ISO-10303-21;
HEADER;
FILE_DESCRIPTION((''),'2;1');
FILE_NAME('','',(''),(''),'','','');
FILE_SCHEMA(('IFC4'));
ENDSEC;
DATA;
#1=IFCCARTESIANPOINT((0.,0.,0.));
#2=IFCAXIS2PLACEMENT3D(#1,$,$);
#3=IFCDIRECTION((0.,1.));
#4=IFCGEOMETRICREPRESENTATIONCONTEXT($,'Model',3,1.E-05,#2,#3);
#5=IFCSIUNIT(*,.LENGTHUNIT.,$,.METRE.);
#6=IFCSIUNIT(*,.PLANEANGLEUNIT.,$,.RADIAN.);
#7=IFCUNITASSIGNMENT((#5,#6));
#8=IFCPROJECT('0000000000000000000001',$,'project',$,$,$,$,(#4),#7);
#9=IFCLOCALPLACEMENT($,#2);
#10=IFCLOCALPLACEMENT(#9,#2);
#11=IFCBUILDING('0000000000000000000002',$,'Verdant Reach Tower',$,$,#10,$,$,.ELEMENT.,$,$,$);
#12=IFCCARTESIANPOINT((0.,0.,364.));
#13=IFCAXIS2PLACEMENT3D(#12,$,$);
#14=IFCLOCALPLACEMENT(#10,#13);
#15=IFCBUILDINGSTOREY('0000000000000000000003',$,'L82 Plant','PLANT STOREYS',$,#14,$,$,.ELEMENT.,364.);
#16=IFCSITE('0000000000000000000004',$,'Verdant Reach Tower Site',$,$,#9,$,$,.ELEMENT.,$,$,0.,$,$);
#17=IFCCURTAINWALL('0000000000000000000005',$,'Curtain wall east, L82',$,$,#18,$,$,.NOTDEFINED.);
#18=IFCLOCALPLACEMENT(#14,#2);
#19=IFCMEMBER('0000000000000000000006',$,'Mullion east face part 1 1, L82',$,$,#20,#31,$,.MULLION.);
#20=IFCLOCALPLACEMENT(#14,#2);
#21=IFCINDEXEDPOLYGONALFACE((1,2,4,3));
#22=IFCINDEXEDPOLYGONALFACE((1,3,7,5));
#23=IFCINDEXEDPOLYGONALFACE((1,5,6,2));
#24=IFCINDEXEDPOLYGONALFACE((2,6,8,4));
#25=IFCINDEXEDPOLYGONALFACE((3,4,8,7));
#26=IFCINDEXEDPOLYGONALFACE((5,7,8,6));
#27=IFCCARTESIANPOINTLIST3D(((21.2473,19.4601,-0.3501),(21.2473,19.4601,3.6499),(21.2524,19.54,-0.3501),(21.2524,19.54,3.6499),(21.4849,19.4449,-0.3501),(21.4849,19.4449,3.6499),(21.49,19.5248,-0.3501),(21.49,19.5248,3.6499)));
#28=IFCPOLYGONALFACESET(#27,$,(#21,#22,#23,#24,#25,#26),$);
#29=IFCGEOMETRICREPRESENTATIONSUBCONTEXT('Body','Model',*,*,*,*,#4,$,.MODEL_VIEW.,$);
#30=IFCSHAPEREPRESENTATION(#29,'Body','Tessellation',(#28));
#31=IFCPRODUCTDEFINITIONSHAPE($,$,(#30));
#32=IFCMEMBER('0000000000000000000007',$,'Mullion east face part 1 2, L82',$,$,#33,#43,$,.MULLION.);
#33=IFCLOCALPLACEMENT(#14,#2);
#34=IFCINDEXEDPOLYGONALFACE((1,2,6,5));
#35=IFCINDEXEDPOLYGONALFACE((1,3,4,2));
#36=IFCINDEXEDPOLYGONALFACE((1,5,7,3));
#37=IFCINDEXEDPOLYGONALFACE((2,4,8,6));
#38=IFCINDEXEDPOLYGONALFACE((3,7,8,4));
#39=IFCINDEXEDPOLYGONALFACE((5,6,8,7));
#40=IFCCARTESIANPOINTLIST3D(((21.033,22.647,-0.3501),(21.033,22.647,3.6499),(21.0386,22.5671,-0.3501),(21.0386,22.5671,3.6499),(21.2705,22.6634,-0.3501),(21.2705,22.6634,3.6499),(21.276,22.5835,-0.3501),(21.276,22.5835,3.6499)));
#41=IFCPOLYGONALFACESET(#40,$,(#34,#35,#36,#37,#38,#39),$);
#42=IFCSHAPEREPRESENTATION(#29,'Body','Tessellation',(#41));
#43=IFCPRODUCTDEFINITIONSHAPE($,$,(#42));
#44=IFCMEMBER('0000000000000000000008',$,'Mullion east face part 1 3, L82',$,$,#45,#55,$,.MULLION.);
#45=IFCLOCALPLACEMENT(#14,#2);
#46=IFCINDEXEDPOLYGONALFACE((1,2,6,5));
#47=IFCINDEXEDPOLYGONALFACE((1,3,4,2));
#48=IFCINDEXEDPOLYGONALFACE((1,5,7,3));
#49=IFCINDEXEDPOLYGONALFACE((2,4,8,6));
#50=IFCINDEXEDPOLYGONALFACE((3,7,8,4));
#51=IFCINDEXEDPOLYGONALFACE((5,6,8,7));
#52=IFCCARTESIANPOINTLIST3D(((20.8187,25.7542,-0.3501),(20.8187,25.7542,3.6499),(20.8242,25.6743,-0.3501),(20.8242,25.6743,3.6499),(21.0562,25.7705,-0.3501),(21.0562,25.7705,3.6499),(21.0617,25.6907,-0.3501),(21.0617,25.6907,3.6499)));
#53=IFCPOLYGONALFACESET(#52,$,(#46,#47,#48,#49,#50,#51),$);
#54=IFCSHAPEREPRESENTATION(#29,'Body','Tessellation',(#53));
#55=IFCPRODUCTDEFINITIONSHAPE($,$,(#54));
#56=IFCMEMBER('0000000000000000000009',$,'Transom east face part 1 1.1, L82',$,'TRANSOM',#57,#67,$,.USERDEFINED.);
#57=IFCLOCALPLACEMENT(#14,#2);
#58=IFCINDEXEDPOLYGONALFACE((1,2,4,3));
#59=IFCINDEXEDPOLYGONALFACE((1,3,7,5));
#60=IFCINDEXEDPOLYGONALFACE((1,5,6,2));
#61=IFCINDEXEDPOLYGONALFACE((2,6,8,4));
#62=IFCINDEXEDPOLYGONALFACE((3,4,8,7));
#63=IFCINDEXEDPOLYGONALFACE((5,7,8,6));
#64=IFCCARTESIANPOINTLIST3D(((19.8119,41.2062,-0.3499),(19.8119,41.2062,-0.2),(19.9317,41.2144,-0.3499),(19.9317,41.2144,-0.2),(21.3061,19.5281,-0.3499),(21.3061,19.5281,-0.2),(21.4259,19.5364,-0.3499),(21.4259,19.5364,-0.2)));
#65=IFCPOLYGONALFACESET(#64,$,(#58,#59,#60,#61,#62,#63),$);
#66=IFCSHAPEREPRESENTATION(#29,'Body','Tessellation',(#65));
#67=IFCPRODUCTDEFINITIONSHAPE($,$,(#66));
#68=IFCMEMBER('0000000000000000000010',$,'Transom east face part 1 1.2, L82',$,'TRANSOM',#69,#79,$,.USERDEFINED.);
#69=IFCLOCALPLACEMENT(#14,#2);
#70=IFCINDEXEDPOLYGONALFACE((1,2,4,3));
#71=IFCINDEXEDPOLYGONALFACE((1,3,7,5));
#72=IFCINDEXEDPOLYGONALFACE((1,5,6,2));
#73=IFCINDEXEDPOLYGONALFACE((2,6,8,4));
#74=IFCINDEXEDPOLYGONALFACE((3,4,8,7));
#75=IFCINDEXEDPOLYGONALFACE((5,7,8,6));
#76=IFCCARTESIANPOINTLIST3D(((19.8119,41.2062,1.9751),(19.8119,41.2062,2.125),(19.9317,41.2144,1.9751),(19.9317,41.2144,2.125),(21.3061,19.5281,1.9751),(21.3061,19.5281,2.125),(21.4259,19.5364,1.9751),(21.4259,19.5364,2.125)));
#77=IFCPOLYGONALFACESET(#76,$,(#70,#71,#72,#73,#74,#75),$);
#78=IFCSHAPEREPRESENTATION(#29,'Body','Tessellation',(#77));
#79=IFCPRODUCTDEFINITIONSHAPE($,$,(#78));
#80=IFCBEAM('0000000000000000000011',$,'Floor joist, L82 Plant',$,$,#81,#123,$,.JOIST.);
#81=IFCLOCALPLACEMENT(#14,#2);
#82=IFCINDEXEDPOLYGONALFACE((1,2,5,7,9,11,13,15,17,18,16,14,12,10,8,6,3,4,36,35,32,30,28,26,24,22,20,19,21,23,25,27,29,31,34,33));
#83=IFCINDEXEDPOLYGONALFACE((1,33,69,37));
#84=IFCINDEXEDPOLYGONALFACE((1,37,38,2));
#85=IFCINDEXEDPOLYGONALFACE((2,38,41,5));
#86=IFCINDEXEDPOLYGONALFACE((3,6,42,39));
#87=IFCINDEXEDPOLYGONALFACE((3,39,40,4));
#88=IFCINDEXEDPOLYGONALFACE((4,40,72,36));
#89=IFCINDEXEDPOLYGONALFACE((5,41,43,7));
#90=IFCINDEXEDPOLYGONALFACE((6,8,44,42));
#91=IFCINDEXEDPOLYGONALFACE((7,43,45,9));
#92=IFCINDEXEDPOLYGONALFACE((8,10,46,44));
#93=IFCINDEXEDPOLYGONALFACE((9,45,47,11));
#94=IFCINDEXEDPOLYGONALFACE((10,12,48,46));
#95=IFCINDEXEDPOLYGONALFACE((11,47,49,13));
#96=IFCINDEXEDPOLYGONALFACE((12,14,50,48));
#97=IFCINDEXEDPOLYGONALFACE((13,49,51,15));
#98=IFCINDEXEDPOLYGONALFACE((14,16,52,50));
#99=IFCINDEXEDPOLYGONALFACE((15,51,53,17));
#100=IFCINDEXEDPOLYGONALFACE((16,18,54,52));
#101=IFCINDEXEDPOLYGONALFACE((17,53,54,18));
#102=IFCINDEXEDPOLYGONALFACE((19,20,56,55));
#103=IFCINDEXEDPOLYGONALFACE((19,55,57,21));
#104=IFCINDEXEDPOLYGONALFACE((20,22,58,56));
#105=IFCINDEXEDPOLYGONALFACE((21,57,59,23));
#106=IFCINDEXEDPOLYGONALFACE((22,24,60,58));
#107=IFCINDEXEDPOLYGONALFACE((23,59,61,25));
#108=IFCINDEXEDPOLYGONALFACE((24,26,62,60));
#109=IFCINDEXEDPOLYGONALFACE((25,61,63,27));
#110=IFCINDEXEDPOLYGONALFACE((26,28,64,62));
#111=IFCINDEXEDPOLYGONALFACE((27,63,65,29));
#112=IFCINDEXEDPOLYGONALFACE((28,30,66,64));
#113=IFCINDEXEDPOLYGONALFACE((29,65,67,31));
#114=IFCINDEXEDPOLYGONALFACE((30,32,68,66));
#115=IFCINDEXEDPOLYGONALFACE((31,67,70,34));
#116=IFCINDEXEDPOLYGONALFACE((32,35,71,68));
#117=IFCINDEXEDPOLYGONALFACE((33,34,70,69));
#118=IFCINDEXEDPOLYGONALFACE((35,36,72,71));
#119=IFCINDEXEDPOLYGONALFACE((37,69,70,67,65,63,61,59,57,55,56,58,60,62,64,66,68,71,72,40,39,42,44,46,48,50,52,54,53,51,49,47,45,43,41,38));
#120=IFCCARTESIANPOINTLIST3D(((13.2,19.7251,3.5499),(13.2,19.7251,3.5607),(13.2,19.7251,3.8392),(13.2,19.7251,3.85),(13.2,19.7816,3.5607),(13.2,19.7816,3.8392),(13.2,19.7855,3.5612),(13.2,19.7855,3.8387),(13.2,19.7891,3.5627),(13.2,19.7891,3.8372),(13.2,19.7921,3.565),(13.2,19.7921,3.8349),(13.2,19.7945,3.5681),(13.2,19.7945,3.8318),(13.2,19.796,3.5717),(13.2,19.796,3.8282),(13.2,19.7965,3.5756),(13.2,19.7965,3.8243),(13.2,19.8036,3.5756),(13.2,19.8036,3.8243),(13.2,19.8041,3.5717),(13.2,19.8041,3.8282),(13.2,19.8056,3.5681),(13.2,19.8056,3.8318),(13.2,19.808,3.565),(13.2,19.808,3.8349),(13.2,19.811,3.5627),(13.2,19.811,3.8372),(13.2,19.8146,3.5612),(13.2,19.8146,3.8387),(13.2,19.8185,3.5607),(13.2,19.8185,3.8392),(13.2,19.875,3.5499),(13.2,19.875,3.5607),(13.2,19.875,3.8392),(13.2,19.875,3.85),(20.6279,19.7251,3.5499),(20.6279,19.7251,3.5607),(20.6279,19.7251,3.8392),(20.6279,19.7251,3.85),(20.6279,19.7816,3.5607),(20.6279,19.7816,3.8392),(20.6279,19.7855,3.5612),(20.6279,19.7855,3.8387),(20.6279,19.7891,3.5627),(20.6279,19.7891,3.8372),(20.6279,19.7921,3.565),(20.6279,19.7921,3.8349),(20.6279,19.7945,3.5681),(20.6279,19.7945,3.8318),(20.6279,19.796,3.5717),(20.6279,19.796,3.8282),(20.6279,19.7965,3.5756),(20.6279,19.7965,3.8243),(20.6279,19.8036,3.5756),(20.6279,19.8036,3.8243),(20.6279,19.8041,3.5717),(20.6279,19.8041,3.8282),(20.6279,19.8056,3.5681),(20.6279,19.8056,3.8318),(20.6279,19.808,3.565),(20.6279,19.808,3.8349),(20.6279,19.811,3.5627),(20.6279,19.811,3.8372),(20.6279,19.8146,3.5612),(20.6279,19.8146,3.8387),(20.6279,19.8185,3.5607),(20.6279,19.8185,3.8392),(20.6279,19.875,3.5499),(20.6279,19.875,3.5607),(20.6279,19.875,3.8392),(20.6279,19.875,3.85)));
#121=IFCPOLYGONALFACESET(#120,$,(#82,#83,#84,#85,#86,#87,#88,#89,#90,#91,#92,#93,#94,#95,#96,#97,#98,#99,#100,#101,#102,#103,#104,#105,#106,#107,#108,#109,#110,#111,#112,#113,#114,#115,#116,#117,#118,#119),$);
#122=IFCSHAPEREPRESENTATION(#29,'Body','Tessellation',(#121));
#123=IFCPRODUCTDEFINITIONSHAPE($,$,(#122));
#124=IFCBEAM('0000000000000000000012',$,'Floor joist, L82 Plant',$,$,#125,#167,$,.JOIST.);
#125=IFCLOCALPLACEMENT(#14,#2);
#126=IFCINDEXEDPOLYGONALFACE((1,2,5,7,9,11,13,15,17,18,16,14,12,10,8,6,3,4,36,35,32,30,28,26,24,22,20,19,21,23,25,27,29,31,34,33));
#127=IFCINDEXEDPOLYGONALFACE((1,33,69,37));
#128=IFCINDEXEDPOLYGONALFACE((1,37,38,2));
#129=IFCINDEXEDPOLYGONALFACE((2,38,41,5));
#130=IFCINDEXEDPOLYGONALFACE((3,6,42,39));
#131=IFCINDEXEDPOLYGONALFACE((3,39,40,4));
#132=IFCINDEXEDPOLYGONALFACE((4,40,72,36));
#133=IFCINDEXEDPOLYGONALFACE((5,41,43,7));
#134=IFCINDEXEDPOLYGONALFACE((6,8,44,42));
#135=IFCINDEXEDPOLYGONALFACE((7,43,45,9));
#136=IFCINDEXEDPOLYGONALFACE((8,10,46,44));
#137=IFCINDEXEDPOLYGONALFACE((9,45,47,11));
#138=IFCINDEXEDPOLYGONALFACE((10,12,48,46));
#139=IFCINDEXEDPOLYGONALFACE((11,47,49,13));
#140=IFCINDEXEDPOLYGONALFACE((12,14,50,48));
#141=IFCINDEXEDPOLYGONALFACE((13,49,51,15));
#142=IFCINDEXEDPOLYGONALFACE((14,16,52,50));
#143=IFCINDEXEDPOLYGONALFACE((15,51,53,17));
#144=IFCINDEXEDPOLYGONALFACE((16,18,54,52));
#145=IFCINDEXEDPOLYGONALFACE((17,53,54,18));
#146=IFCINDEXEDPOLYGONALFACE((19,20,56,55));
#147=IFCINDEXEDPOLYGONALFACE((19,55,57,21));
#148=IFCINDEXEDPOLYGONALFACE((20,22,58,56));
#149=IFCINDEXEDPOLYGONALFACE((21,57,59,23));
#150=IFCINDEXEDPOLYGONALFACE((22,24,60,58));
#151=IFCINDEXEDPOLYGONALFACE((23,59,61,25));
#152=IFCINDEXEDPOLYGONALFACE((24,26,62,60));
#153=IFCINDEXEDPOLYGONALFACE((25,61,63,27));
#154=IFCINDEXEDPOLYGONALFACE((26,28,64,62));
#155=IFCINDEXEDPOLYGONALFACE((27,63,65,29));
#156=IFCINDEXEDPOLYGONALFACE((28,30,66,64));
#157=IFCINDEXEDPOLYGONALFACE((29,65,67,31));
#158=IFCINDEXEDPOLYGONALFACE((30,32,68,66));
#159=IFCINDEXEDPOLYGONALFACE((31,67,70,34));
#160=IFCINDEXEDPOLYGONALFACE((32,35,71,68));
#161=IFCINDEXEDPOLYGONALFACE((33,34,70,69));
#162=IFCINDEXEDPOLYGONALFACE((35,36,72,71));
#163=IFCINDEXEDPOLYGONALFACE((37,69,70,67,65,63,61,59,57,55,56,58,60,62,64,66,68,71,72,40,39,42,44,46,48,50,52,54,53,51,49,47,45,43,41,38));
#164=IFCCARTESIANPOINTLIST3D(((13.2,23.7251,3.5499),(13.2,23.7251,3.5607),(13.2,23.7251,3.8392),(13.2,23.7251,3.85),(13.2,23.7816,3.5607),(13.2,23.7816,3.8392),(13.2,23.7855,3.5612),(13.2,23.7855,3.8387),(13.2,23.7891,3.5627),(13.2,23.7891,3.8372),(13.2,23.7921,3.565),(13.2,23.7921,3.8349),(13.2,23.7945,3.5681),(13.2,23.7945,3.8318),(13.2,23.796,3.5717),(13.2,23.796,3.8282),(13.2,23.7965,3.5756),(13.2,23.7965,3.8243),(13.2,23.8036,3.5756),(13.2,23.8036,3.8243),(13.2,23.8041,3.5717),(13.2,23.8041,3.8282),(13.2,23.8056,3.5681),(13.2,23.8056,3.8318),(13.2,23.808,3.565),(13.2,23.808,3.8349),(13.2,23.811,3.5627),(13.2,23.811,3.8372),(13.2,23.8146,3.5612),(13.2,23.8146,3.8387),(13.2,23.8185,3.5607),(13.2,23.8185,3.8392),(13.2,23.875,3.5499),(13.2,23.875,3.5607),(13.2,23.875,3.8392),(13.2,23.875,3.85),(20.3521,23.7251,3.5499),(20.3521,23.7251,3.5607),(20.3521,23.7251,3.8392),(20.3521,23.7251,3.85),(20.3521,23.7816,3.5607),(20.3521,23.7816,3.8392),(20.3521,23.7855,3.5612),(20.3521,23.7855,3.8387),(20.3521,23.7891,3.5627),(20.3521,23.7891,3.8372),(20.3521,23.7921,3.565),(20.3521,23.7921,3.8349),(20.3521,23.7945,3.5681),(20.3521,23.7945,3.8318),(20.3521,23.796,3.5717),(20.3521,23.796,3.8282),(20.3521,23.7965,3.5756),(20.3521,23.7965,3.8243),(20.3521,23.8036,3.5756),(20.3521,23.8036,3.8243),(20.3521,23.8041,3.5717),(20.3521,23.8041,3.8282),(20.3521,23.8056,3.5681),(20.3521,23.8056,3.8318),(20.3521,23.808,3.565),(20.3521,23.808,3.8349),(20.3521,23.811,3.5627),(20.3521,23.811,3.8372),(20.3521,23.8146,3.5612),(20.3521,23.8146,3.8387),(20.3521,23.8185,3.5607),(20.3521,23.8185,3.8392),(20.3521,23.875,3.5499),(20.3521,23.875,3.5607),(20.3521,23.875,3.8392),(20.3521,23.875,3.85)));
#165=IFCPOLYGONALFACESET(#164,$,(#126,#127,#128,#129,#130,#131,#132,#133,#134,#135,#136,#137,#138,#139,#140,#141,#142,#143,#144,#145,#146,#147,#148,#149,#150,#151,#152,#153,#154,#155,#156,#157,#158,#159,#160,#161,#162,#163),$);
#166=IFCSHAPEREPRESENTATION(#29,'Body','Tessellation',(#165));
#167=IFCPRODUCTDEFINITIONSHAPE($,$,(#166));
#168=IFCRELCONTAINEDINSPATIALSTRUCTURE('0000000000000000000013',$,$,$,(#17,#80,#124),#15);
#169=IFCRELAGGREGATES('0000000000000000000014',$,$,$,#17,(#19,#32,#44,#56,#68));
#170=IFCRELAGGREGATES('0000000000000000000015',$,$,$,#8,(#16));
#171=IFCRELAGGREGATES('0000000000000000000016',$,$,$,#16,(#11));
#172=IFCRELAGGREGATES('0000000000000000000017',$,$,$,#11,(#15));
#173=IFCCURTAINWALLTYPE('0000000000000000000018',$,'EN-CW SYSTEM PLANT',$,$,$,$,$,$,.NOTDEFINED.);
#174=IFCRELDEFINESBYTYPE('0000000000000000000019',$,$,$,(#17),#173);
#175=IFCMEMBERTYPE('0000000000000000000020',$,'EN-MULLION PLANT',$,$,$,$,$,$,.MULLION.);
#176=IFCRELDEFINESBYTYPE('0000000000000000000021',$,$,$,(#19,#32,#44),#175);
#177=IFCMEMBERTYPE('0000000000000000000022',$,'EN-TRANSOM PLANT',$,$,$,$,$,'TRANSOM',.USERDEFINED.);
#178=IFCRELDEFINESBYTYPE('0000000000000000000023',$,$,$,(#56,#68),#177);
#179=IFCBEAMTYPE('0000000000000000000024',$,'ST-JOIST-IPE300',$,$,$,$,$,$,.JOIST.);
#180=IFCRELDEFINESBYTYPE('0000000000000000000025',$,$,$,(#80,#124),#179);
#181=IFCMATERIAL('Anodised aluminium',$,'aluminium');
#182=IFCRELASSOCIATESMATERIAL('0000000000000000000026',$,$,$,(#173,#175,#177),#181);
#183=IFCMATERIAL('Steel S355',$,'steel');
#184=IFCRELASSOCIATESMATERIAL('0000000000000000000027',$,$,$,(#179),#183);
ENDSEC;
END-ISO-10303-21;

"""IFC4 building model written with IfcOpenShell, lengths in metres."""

from ifc_helpers import new_model, si_unit, direction, frame, origin, origin_2d, place, context, subcontext, project, spatial, rectangle, i_section, extrude, material, material_profile, profile_set, type_object, element, aggregate, save


model = new_model("IFC4")

# Units and contexts
model_context = context("Model", 3, precision=1e-05, world=origin(), true_north=direction((0.0, 1.0)))
body_context = subcontext(model_context, "Body", "Model", "MODEL_VIEW")
ifc_project = project(units=[si_unit("LENGTHUNIT", "METRE"), si_unit("PLANEANGLEUNIT", "RADIAN")], contexts=[model_context])

# Site, building, storey
site_placement = place(None, origin())
site = spatial("IfcSite", under=ifc_project, at=site_placement, Name="Verdant Reach Tower Site", CompositionType="ELEMENT", RefElevation=0.0)
building_placement = place(site_placement, origin())
building = spatial("IfcBuilding", under=site, at=building_placement, Name="Verdant Reach Tower", CompositionType="ELEMENT")
storey_placement = place(building_placement, frame((0.0, 0.0, 364.0)))
storey = spatial("IfcBuildingStorey", under=building, at=storey_placement, Name="L82 Plant", Description="PLANT STOREYS", CompositionType="ELEMENT", Elevation=364.0)

# Curtain wall, members
ifc_material_1 = material(Name="Anodised aluminium", Category="aluminium")
curtain_wall_type = type_object("IfcCurtainWallType", Name="EN-CW SYSTEM PLANT", PredefinedType="NOTDEFINED", material=ifc_material_1)
curtain_wall_1_placement = place(storey_placement, origin())
curtain_wall_1 = element("IfcCurtainWall", 1, at=curtain_wall_1_placement, inside=storey, type_object=curtain_wall_type, Name="Curtain wall east, L82", PredefinedType="NOTDEFINED")
ifc_material_profile_1 = material_profile(ifc_material_1, rectangle(XDim=0.238, YDim=0.0801, at=origin_2d()), Name="Mullion 80x240")
ifc_profile_set_1 = profile_set([ifc_material_profile_1], Name="Anodised aluminium")
member_type_1 = type_object("IfcMemberType", Name="EN-MULLION PLANT", PredefinedType="MULLION", material=ifc_profile_set_1)
member_1_placement = place(storey_placement, frame((21.3687, 19.4924, -0.3501), z_axis=(0.0, 0.0, 1.0), x_axis=(0.997969, -0.063699, 0.0)))
member_1 = element("IfcMember", 2, at=member_1_placement, type_object=member_type_1, Name="Mullion east face part 1 1, L82", PredefinedType="MULLION", context=body_context, shape_type="SweptSolid", body=[
    extrude(rectangle(XDim=0.238, YDim=0.0801, at=origin_2d()), origin(), (0.0, 0.0, 1.0), 4.0),
])
member_2_placement = place(storey_placement, frame((21.1545, 22.6152, -0.3501), z_axis=(0.0, 0.0, 1.0), x_axis=(0.99763, 0.068802, 0.0)))
member_2 = element("IfcMember", 3, at=member_2_placement, type_object=member_type_1, Name="Mullion east face part 1 2, L82", PredefinedType="MULLION", context=body_context, shape_type="SweptSolid", body=[
    extrude(rectangle(XDim=0.238, YDim=0.0801, at=origin_2d()), origin(), (0.0, 0.0, 1.0), 4.0),
])
member_3_placement = place(storey_placement, frame((20.9402, 25.7224, -0.3501), z_axis=(0.0, 0.0, 1.0), x_axis=(0.99763, 0.068802, 0.0)))
member_3 = element("IfcMember", 4, at=member_3_placement, type_object=member_type_1, Name="Mullion east face part 1 3, L82", PredefinedType="MULLION", context=body_context, shape_type="SweptSolid", body=[
    extrude(rectangle(XDim=0.238, YDim=0.0801, at=origin_2d()), origin(), (0.0, 0.0, 1.0), 4.0),
])
ifc_material_profile_2 = material_profile(ifc_material_1, rectangle(XDim=0.1201, YDim=0.1499, at=origin_2d()), Name="Transom 150x120")
ifc_profile_set_2 = profile_set([ifc_material_profile_2], Name="Anodised aluminium")
member_type_2 = type_object("IfcMemberType", Name="EN-TRANSOM PLANT", ElementType="TRANSOM", PredefinedType="USERDEFINED", material=ifc_profile_set_2)
member_4_placement = place(storey_placement, frame((21.366, 19.5322, -0.2749), z_axis=(-0.068761, 0.997633, 0.0), x_axis=(-0.997633, -0.068761, 0.0)))
member_4 = element("IfcMember", 5, at=member_4_placement, type_object=member_type_2, Name="Transom east face part 1 1.1, L82", ObjectType="TRANSOM", PredefinedType="USERDEFINED", context=body_context, shape_type="SweptSolid", body=[
    extrude(rectangle(XDim=0.1201, YDim=0.1499, at=origin_2d()), origin(), (0.0, 0.0, 1.0), 21.7295),
])
member_5_placement = place(storey_placement, frame((21.366, 19.5322, 2.05), z_axis=(-0.068761, 0.997633, 0.0), x_axis=(-0.997633, -0.068761, 0.0)))
member_5 = element("IfcMember", 6, at=member_5_placement, type_object=member_type_2, Name="Transom east face part 1 1.2, L82", ObjectType="TRANSOM", PredefinedType="USERDEFINED", context=body_context, shape_type="SweptSolid", body=[
    extrude(rectangle(XDim=0.1201, YDim=0.1499, at=origin_2d()), origin(), (0.0, 0.0, 1.0), 21.7295),
])

# Beams
ifc_material_2 = material(Name="Steel S355", Category="steel")
ifc_material_profile_3 = material_profile(ifc_material_2, i_section(OverallWidth=0.1499, OverallDepth=0.3, WebThickness=0.0071, FlangeThickness=0.0107, FilletRadius=0.0149, at=origin_2d()), Name="IPE 300")
ifc_profile_set_3 = profile_set([ifc_material_profile_3], Name="Steel S355")
beam_type_1 = type_object("IfcBeamType", Name="ST-JOIST-IPE300", PredefinedType="JOIST", material=ifc_profile_set_3)
beam_1_placement = place(storey_placement, frame((13.2, 19.8, 3.7), z_axis=(1.0, 0.0, 0.0), x_axis=(0.0, 1.0, 0.0)))
element("IfcBeam", 7, at=beam_1_placement, inside=storey, type_object=beam_type_1, Name="Floor joist, L82 Plant", PredefinedType="JOIST", context=body_context, shape_type="SweptSolid", body=[
    extrude(i_section(OverallWidth=0.1499, OverallDepth=0.3, WebThickness=0.0071, FlangeThickness=0.0107, FilletRadius=0.0149, at=origin_2d()), origin(), (0.0, 0.0, 1.0), 7.428),
])
beam_2_placement = place(storey_placement, frame((13.2, 23.8, 3.7), z_axis=(1.0, 0.0, 0.0), x_axis=(0.0, 1.0, 0.0)))
element("IfcBeam", 8, at=beam_2_placement, inside=storey, type_object=beam_type_1, Name="Floor joist, L82 Plant", PredefinedType="JOIST", context=body_context, shape_type="SweptSolid", body=[
    extrude(i_section(OverallWidth=0.1499, OverallDepth=0.3, WebThickness=0.0071, FlangeThickness=0.0107, FilletRadius=0.0149, at=origin_2d()), origin(), (0.0, 0.0, 1.0), 7.1521),
])

aggregate(curtain_wall_1, [member_1, member_2, member_3, member_4, member_5])

save(model, "model.ifc")
